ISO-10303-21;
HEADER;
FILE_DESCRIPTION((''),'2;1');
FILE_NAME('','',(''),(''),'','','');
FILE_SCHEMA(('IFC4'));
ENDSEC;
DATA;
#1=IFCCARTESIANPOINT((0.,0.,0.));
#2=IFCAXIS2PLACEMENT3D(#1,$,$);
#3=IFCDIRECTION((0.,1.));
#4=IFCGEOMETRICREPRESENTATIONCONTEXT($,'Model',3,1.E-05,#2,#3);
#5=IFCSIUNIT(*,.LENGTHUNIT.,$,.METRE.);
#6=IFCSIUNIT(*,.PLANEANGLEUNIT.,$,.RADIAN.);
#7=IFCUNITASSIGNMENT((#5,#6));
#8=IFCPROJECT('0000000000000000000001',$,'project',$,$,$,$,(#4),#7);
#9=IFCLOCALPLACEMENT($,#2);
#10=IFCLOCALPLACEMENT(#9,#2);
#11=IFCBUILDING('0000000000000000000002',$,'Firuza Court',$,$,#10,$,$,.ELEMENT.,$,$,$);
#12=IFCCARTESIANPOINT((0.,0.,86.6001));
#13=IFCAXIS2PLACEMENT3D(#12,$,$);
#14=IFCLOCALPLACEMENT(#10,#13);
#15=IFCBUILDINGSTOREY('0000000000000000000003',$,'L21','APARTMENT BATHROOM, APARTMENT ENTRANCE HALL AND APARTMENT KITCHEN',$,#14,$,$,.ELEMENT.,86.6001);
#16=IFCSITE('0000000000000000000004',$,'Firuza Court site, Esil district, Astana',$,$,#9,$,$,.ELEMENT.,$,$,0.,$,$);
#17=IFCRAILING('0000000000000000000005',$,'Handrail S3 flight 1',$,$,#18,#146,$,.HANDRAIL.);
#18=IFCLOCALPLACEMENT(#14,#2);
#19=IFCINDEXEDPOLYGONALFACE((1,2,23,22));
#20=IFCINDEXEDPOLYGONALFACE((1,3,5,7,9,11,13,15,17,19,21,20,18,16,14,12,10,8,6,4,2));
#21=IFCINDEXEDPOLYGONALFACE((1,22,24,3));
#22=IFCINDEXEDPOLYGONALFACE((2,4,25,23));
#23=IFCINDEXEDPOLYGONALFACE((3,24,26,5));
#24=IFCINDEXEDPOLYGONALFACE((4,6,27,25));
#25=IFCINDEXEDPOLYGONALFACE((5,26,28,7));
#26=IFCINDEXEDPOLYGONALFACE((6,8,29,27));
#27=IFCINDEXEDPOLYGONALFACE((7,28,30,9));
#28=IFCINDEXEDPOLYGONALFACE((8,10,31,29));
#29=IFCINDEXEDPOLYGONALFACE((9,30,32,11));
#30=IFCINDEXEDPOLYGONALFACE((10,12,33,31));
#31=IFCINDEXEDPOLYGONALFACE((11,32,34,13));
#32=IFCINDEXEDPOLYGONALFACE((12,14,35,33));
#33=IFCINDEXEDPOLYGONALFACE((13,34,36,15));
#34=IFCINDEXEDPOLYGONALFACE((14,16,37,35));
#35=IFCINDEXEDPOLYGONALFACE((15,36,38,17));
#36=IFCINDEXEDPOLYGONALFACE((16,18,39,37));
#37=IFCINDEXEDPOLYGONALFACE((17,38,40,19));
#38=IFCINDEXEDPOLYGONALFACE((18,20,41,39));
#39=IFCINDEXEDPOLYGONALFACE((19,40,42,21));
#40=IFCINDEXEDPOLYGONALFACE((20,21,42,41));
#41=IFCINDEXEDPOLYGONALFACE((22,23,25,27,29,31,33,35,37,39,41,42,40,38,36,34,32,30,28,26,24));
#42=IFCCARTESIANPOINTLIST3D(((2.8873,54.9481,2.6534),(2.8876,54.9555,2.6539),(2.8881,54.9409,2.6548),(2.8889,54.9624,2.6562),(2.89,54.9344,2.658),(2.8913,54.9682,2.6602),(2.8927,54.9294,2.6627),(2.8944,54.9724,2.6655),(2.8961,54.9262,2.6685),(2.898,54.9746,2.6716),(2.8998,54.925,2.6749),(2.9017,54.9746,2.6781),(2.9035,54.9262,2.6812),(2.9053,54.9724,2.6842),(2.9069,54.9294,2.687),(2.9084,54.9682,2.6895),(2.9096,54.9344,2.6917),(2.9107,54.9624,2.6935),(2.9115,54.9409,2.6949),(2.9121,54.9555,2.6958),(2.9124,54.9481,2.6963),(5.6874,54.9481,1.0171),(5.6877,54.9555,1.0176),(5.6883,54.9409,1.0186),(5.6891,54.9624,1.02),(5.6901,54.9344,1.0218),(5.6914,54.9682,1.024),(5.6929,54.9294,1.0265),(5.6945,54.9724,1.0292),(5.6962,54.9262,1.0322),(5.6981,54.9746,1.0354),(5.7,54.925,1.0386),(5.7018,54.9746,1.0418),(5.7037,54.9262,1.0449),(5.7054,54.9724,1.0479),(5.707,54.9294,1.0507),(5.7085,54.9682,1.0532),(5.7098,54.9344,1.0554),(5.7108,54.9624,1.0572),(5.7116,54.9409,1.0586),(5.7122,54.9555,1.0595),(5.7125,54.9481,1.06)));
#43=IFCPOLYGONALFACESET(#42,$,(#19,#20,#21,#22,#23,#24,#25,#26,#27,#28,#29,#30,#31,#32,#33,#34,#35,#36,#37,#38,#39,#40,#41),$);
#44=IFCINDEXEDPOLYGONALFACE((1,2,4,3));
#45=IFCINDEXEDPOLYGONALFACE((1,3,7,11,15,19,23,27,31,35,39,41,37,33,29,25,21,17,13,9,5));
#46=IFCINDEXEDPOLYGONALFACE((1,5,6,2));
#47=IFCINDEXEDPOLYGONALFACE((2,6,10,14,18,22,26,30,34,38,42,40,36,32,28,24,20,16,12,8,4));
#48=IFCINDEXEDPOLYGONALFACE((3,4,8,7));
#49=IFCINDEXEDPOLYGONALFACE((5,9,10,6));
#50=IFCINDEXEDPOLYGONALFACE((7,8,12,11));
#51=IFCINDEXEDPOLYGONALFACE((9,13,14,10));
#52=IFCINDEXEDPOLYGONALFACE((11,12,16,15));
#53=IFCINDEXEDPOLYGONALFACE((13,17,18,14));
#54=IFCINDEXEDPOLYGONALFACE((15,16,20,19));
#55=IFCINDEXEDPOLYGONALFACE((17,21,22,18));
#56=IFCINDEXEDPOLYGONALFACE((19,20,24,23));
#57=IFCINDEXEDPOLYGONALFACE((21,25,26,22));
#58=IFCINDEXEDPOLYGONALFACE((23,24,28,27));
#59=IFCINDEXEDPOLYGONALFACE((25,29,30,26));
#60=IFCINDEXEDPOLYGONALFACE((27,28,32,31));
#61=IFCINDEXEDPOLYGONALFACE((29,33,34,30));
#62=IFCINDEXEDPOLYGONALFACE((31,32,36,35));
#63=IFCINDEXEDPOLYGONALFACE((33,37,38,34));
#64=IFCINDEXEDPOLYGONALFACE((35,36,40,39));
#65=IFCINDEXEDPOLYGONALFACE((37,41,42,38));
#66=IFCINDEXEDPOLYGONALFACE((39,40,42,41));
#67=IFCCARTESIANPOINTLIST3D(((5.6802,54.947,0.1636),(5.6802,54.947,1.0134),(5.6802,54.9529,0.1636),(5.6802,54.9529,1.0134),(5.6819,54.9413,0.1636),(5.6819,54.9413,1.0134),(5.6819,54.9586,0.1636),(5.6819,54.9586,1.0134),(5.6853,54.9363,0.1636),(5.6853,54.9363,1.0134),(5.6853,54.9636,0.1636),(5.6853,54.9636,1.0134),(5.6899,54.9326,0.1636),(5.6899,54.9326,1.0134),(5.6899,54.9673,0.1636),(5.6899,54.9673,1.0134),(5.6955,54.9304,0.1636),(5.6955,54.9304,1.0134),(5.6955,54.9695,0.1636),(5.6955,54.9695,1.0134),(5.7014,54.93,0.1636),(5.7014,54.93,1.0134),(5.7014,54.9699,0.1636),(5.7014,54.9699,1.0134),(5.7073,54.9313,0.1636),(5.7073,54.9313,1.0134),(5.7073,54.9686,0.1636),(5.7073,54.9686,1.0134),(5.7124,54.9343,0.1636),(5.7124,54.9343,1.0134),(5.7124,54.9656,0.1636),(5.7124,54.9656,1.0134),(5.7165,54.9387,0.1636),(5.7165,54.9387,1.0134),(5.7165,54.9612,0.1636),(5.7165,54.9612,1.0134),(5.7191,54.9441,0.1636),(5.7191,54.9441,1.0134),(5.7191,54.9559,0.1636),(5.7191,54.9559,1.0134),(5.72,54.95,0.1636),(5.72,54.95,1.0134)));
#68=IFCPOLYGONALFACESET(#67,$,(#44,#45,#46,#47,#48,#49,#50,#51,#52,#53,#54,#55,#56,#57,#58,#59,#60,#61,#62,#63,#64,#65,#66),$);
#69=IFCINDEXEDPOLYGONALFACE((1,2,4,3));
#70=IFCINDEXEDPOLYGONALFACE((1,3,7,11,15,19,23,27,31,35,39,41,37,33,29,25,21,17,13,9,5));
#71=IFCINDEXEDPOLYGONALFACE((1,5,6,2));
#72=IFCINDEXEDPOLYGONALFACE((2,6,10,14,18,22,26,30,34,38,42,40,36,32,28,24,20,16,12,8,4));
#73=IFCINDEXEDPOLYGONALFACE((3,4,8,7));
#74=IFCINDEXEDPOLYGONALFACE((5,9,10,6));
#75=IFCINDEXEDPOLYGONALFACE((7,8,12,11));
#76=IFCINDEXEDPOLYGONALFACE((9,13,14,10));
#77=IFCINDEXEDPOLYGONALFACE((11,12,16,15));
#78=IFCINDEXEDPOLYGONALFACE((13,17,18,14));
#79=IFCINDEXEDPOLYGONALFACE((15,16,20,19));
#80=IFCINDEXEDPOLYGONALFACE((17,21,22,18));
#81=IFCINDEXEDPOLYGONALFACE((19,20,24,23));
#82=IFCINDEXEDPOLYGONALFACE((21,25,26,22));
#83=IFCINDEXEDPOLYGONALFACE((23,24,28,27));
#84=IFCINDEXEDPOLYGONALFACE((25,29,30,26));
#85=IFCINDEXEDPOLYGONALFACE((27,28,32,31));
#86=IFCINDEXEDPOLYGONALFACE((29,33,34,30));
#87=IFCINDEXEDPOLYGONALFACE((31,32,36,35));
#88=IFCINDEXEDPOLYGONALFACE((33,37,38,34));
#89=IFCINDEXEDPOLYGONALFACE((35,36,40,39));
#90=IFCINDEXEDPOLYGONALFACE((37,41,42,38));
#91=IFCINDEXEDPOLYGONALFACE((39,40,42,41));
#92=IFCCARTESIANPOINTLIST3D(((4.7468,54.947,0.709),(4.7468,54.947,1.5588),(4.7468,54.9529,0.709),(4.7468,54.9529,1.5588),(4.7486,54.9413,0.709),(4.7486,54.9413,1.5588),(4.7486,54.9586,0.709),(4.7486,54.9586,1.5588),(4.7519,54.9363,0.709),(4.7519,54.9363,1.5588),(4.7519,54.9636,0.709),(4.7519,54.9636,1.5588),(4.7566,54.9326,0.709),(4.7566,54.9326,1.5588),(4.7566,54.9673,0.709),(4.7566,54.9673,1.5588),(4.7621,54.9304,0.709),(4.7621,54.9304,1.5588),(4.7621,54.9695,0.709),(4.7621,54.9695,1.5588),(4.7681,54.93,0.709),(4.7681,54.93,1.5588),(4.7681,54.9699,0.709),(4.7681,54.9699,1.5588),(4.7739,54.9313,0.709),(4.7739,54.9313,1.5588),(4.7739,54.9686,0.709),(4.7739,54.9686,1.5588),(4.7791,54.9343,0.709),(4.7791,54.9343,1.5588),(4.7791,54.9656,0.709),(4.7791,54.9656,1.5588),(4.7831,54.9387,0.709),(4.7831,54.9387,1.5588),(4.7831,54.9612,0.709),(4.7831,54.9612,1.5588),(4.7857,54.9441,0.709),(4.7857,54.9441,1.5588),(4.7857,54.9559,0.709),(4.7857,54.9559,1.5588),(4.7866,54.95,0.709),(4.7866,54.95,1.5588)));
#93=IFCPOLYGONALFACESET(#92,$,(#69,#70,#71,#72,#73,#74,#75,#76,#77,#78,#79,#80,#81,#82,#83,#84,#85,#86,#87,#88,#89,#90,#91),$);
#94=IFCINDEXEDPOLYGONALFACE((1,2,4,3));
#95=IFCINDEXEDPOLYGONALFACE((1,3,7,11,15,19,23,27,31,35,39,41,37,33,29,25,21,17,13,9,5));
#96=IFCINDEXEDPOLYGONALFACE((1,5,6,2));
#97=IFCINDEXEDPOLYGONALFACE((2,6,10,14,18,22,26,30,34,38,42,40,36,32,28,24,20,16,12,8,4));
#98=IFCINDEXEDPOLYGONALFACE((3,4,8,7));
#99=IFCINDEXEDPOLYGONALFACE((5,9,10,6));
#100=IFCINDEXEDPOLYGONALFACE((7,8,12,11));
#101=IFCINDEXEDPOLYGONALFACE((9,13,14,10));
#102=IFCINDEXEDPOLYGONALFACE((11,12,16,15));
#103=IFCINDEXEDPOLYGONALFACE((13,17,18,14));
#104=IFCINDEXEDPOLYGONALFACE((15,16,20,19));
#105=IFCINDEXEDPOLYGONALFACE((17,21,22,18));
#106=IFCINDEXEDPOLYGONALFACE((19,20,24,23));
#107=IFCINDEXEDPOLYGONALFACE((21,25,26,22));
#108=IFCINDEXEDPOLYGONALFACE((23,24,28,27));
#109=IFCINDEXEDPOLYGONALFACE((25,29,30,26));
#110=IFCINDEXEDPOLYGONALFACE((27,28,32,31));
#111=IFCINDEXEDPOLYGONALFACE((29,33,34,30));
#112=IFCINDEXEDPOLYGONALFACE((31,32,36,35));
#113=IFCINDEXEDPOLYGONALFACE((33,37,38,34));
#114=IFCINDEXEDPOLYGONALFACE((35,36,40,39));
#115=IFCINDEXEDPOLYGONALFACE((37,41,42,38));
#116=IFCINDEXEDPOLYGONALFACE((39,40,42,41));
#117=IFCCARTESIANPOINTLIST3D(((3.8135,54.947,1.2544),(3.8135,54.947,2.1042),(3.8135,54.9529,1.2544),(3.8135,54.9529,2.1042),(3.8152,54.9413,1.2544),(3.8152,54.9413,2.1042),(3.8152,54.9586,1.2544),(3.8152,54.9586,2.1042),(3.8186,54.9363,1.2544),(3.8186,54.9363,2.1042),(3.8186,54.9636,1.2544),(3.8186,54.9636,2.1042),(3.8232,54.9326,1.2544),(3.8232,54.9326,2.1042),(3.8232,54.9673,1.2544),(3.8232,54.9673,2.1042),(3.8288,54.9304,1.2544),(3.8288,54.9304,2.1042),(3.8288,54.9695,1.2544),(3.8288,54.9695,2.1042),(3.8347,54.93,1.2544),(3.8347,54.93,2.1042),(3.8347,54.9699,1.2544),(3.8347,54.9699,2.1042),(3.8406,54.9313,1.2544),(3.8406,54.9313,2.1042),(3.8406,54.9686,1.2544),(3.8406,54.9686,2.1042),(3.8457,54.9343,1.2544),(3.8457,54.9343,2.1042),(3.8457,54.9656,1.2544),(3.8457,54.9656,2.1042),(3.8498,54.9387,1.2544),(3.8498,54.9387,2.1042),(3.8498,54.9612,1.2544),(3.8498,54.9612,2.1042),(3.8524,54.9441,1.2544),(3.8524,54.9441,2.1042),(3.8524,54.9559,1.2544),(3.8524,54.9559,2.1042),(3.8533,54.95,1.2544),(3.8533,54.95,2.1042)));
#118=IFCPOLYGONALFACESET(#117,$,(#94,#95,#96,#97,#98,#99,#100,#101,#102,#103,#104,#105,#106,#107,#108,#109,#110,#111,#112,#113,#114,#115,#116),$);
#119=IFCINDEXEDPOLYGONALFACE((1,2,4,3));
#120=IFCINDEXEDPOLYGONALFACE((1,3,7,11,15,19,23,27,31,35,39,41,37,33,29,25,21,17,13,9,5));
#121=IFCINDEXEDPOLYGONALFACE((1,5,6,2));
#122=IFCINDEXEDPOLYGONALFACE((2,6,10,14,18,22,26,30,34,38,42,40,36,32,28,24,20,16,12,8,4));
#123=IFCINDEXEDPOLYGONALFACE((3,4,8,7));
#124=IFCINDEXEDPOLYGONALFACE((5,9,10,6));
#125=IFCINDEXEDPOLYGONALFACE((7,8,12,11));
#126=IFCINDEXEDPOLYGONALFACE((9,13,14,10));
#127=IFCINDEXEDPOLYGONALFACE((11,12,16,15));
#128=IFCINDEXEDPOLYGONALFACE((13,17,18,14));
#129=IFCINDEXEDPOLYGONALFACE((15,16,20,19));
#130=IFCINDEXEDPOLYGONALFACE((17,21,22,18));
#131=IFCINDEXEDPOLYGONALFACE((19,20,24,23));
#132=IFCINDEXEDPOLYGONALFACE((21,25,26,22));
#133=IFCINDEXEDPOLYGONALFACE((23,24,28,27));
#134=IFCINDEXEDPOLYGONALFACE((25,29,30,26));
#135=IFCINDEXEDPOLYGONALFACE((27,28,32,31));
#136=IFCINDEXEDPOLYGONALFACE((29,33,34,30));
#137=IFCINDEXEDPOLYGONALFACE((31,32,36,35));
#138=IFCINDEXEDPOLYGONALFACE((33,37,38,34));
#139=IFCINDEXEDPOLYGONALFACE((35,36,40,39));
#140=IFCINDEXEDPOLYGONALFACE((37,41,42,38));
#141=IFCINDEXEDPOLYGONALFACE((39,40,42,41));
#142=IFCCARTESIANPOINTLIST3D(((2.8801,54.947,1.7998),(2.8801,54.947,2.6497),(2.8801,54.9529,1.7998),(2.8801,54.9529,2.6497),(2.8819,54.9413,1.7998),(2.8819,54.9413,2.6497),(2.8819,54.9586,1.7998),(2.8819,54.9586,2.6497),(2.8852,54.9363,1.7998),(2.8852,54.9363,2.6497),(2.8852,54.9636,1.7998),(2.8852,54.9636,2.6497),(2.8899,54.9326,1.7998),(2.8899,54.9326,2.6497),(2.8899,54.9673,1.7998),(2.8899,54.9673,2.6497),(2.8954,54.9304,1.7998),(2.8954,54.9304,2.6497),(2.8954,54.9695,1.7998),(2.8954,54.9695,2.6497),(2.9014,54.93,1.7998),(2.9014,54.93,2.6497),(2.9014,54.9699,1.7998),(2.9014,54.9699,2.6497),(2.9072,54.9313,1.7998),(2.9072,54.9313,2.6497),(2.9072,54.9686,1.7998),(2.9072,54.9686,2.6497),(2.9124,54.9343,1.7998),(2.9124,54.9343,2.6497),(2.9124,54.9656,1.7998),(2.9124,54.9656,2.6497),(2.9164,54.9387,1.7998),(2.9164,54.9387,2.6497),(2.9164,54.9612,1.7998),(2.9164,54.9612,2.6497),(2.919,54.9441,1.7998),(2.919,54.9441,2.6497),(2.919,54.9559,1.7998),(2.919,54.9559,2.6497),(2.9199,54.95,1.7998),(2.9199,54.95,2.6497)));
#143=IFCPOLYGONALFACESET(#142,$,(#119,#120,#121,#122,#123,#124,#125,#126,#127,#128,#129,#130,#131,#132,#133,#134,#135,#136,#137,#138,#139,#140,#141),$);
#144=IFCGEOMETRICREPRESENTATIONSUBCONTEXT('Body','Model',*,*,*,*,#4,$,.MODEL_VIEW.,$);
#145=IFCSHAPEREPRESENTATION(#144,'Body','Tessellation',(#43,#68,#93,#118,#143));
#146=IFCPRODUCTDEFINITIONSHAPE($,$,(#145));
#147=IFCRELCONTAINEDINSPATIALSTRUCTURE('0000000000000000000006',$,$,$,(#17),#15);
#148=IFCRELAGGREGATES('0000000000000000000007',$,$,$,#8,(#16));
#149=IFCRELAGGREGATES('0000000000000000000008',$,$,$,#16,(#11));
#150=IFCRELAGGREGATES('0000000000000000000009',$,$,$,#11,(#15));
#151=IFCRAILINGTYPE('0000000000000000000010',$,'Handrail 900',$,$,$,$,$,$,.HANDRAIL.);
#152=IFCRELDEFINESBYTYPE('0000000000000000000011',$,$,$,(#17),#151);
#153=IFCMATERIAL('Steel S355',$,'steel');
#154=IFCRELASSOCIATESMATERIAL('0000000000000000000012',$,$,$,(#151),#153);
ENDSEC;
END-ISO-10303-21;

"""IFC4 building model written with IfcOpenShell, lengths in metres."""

from ifc_helpers import new_model, si_unit, direction, frame, origin, origin_2d, place, context, subcontext, project, spatial, circle, extrude, material, type_object, element, save


model = new_model("IFC4")

# Units and contexts
model_context = context("Model", 3, precision=1e-05, world=origin(), true_north=direction((0.0, 1.0)))
body_context = subcontext(model_context, "Body", "Model", "MODEL_VIEW")
ifc_project = project(units=[si_unit("LENGTHUNIT", "METRE"), si_unit("PLANEANGLEUNIT", "RADIAN")], contexts=[model_context])

# Site, building, storey
site_placement = place(None, origin())
site = spatial("IfcSite", under=ifc_project, at=site_placement, Name="Firuza Court site, Esil district, Astana", CompositionType="ELEMENT", RefElevation=0.0)
building_placement = place(site_placement, origin())
building = spatial("IfcBuilding", under=site, at=building_placement, Name="Firuza Court", CompositionType="ELEMENT")
storey_placement = place(building_placement, frame((0.0, 0.0, 86.6001)))
storey = spatial("IfcBuildingStorey", under=building, at=storey_placement, Name="L21", Description="APARTMENT BATHROOM, APARTMENT ENTRANCE HALL AND APARTMENT KITCHEN", CompositionType="ELEMENT", Elevation=86.6001)

# Railing
ifc_material_1 = material(Name="Steel S355", Category="steel")
railing_type_1 = type_object("IfcRailingType", Name="Handrail 900", PredefinedType="HANDRAIL", material=ifc_material_1)
railing_1_placement = place(storey_placement, frame((5.7, 54.95, 0.1636)))
element("IfcRailing", 1, at=railing_1_placement, inside=storey, type_object=railing_type_1, Name="Handrail S3 flight 1", PredefinedType="HANDRAIL", context=body_context, shape_type="SweptSolid", body=[
    extrude(circle(Radius=0.0249, at=origin_2d()), frame((0.0, 0.0, 0.875), z_axis=(-0.863394, 0.0, 0.504531), x_axis=(0.0, -1.0, 0.0)), (0.0, 0.0, 1.0), 3.2432),
    extrude(circle(Radius=0.02, at=origin_2d()), origin(), (0.0, 0.0, 1.0), 0.8499),
    extrude(circle(Radius=0.02, at=origin_2d()), frame((-0.9333, 0.0, 0.5454)), (0.0, 0.0, 1.0), 0.8499),
    extrude(circle(Radius=0.02, at=origin_2d()), frame((-1.8667, 0.0, 1.0908)), (0.0, 0.0, 1.0), 0.8499),
    extrude(circle(Radius=0.02, at=origin_2d()), frame((-2.8, 0.0, 1.6362)), (0.0, 0.0, 1.0), 0.8499),
])

save(model, "model.ifc")
